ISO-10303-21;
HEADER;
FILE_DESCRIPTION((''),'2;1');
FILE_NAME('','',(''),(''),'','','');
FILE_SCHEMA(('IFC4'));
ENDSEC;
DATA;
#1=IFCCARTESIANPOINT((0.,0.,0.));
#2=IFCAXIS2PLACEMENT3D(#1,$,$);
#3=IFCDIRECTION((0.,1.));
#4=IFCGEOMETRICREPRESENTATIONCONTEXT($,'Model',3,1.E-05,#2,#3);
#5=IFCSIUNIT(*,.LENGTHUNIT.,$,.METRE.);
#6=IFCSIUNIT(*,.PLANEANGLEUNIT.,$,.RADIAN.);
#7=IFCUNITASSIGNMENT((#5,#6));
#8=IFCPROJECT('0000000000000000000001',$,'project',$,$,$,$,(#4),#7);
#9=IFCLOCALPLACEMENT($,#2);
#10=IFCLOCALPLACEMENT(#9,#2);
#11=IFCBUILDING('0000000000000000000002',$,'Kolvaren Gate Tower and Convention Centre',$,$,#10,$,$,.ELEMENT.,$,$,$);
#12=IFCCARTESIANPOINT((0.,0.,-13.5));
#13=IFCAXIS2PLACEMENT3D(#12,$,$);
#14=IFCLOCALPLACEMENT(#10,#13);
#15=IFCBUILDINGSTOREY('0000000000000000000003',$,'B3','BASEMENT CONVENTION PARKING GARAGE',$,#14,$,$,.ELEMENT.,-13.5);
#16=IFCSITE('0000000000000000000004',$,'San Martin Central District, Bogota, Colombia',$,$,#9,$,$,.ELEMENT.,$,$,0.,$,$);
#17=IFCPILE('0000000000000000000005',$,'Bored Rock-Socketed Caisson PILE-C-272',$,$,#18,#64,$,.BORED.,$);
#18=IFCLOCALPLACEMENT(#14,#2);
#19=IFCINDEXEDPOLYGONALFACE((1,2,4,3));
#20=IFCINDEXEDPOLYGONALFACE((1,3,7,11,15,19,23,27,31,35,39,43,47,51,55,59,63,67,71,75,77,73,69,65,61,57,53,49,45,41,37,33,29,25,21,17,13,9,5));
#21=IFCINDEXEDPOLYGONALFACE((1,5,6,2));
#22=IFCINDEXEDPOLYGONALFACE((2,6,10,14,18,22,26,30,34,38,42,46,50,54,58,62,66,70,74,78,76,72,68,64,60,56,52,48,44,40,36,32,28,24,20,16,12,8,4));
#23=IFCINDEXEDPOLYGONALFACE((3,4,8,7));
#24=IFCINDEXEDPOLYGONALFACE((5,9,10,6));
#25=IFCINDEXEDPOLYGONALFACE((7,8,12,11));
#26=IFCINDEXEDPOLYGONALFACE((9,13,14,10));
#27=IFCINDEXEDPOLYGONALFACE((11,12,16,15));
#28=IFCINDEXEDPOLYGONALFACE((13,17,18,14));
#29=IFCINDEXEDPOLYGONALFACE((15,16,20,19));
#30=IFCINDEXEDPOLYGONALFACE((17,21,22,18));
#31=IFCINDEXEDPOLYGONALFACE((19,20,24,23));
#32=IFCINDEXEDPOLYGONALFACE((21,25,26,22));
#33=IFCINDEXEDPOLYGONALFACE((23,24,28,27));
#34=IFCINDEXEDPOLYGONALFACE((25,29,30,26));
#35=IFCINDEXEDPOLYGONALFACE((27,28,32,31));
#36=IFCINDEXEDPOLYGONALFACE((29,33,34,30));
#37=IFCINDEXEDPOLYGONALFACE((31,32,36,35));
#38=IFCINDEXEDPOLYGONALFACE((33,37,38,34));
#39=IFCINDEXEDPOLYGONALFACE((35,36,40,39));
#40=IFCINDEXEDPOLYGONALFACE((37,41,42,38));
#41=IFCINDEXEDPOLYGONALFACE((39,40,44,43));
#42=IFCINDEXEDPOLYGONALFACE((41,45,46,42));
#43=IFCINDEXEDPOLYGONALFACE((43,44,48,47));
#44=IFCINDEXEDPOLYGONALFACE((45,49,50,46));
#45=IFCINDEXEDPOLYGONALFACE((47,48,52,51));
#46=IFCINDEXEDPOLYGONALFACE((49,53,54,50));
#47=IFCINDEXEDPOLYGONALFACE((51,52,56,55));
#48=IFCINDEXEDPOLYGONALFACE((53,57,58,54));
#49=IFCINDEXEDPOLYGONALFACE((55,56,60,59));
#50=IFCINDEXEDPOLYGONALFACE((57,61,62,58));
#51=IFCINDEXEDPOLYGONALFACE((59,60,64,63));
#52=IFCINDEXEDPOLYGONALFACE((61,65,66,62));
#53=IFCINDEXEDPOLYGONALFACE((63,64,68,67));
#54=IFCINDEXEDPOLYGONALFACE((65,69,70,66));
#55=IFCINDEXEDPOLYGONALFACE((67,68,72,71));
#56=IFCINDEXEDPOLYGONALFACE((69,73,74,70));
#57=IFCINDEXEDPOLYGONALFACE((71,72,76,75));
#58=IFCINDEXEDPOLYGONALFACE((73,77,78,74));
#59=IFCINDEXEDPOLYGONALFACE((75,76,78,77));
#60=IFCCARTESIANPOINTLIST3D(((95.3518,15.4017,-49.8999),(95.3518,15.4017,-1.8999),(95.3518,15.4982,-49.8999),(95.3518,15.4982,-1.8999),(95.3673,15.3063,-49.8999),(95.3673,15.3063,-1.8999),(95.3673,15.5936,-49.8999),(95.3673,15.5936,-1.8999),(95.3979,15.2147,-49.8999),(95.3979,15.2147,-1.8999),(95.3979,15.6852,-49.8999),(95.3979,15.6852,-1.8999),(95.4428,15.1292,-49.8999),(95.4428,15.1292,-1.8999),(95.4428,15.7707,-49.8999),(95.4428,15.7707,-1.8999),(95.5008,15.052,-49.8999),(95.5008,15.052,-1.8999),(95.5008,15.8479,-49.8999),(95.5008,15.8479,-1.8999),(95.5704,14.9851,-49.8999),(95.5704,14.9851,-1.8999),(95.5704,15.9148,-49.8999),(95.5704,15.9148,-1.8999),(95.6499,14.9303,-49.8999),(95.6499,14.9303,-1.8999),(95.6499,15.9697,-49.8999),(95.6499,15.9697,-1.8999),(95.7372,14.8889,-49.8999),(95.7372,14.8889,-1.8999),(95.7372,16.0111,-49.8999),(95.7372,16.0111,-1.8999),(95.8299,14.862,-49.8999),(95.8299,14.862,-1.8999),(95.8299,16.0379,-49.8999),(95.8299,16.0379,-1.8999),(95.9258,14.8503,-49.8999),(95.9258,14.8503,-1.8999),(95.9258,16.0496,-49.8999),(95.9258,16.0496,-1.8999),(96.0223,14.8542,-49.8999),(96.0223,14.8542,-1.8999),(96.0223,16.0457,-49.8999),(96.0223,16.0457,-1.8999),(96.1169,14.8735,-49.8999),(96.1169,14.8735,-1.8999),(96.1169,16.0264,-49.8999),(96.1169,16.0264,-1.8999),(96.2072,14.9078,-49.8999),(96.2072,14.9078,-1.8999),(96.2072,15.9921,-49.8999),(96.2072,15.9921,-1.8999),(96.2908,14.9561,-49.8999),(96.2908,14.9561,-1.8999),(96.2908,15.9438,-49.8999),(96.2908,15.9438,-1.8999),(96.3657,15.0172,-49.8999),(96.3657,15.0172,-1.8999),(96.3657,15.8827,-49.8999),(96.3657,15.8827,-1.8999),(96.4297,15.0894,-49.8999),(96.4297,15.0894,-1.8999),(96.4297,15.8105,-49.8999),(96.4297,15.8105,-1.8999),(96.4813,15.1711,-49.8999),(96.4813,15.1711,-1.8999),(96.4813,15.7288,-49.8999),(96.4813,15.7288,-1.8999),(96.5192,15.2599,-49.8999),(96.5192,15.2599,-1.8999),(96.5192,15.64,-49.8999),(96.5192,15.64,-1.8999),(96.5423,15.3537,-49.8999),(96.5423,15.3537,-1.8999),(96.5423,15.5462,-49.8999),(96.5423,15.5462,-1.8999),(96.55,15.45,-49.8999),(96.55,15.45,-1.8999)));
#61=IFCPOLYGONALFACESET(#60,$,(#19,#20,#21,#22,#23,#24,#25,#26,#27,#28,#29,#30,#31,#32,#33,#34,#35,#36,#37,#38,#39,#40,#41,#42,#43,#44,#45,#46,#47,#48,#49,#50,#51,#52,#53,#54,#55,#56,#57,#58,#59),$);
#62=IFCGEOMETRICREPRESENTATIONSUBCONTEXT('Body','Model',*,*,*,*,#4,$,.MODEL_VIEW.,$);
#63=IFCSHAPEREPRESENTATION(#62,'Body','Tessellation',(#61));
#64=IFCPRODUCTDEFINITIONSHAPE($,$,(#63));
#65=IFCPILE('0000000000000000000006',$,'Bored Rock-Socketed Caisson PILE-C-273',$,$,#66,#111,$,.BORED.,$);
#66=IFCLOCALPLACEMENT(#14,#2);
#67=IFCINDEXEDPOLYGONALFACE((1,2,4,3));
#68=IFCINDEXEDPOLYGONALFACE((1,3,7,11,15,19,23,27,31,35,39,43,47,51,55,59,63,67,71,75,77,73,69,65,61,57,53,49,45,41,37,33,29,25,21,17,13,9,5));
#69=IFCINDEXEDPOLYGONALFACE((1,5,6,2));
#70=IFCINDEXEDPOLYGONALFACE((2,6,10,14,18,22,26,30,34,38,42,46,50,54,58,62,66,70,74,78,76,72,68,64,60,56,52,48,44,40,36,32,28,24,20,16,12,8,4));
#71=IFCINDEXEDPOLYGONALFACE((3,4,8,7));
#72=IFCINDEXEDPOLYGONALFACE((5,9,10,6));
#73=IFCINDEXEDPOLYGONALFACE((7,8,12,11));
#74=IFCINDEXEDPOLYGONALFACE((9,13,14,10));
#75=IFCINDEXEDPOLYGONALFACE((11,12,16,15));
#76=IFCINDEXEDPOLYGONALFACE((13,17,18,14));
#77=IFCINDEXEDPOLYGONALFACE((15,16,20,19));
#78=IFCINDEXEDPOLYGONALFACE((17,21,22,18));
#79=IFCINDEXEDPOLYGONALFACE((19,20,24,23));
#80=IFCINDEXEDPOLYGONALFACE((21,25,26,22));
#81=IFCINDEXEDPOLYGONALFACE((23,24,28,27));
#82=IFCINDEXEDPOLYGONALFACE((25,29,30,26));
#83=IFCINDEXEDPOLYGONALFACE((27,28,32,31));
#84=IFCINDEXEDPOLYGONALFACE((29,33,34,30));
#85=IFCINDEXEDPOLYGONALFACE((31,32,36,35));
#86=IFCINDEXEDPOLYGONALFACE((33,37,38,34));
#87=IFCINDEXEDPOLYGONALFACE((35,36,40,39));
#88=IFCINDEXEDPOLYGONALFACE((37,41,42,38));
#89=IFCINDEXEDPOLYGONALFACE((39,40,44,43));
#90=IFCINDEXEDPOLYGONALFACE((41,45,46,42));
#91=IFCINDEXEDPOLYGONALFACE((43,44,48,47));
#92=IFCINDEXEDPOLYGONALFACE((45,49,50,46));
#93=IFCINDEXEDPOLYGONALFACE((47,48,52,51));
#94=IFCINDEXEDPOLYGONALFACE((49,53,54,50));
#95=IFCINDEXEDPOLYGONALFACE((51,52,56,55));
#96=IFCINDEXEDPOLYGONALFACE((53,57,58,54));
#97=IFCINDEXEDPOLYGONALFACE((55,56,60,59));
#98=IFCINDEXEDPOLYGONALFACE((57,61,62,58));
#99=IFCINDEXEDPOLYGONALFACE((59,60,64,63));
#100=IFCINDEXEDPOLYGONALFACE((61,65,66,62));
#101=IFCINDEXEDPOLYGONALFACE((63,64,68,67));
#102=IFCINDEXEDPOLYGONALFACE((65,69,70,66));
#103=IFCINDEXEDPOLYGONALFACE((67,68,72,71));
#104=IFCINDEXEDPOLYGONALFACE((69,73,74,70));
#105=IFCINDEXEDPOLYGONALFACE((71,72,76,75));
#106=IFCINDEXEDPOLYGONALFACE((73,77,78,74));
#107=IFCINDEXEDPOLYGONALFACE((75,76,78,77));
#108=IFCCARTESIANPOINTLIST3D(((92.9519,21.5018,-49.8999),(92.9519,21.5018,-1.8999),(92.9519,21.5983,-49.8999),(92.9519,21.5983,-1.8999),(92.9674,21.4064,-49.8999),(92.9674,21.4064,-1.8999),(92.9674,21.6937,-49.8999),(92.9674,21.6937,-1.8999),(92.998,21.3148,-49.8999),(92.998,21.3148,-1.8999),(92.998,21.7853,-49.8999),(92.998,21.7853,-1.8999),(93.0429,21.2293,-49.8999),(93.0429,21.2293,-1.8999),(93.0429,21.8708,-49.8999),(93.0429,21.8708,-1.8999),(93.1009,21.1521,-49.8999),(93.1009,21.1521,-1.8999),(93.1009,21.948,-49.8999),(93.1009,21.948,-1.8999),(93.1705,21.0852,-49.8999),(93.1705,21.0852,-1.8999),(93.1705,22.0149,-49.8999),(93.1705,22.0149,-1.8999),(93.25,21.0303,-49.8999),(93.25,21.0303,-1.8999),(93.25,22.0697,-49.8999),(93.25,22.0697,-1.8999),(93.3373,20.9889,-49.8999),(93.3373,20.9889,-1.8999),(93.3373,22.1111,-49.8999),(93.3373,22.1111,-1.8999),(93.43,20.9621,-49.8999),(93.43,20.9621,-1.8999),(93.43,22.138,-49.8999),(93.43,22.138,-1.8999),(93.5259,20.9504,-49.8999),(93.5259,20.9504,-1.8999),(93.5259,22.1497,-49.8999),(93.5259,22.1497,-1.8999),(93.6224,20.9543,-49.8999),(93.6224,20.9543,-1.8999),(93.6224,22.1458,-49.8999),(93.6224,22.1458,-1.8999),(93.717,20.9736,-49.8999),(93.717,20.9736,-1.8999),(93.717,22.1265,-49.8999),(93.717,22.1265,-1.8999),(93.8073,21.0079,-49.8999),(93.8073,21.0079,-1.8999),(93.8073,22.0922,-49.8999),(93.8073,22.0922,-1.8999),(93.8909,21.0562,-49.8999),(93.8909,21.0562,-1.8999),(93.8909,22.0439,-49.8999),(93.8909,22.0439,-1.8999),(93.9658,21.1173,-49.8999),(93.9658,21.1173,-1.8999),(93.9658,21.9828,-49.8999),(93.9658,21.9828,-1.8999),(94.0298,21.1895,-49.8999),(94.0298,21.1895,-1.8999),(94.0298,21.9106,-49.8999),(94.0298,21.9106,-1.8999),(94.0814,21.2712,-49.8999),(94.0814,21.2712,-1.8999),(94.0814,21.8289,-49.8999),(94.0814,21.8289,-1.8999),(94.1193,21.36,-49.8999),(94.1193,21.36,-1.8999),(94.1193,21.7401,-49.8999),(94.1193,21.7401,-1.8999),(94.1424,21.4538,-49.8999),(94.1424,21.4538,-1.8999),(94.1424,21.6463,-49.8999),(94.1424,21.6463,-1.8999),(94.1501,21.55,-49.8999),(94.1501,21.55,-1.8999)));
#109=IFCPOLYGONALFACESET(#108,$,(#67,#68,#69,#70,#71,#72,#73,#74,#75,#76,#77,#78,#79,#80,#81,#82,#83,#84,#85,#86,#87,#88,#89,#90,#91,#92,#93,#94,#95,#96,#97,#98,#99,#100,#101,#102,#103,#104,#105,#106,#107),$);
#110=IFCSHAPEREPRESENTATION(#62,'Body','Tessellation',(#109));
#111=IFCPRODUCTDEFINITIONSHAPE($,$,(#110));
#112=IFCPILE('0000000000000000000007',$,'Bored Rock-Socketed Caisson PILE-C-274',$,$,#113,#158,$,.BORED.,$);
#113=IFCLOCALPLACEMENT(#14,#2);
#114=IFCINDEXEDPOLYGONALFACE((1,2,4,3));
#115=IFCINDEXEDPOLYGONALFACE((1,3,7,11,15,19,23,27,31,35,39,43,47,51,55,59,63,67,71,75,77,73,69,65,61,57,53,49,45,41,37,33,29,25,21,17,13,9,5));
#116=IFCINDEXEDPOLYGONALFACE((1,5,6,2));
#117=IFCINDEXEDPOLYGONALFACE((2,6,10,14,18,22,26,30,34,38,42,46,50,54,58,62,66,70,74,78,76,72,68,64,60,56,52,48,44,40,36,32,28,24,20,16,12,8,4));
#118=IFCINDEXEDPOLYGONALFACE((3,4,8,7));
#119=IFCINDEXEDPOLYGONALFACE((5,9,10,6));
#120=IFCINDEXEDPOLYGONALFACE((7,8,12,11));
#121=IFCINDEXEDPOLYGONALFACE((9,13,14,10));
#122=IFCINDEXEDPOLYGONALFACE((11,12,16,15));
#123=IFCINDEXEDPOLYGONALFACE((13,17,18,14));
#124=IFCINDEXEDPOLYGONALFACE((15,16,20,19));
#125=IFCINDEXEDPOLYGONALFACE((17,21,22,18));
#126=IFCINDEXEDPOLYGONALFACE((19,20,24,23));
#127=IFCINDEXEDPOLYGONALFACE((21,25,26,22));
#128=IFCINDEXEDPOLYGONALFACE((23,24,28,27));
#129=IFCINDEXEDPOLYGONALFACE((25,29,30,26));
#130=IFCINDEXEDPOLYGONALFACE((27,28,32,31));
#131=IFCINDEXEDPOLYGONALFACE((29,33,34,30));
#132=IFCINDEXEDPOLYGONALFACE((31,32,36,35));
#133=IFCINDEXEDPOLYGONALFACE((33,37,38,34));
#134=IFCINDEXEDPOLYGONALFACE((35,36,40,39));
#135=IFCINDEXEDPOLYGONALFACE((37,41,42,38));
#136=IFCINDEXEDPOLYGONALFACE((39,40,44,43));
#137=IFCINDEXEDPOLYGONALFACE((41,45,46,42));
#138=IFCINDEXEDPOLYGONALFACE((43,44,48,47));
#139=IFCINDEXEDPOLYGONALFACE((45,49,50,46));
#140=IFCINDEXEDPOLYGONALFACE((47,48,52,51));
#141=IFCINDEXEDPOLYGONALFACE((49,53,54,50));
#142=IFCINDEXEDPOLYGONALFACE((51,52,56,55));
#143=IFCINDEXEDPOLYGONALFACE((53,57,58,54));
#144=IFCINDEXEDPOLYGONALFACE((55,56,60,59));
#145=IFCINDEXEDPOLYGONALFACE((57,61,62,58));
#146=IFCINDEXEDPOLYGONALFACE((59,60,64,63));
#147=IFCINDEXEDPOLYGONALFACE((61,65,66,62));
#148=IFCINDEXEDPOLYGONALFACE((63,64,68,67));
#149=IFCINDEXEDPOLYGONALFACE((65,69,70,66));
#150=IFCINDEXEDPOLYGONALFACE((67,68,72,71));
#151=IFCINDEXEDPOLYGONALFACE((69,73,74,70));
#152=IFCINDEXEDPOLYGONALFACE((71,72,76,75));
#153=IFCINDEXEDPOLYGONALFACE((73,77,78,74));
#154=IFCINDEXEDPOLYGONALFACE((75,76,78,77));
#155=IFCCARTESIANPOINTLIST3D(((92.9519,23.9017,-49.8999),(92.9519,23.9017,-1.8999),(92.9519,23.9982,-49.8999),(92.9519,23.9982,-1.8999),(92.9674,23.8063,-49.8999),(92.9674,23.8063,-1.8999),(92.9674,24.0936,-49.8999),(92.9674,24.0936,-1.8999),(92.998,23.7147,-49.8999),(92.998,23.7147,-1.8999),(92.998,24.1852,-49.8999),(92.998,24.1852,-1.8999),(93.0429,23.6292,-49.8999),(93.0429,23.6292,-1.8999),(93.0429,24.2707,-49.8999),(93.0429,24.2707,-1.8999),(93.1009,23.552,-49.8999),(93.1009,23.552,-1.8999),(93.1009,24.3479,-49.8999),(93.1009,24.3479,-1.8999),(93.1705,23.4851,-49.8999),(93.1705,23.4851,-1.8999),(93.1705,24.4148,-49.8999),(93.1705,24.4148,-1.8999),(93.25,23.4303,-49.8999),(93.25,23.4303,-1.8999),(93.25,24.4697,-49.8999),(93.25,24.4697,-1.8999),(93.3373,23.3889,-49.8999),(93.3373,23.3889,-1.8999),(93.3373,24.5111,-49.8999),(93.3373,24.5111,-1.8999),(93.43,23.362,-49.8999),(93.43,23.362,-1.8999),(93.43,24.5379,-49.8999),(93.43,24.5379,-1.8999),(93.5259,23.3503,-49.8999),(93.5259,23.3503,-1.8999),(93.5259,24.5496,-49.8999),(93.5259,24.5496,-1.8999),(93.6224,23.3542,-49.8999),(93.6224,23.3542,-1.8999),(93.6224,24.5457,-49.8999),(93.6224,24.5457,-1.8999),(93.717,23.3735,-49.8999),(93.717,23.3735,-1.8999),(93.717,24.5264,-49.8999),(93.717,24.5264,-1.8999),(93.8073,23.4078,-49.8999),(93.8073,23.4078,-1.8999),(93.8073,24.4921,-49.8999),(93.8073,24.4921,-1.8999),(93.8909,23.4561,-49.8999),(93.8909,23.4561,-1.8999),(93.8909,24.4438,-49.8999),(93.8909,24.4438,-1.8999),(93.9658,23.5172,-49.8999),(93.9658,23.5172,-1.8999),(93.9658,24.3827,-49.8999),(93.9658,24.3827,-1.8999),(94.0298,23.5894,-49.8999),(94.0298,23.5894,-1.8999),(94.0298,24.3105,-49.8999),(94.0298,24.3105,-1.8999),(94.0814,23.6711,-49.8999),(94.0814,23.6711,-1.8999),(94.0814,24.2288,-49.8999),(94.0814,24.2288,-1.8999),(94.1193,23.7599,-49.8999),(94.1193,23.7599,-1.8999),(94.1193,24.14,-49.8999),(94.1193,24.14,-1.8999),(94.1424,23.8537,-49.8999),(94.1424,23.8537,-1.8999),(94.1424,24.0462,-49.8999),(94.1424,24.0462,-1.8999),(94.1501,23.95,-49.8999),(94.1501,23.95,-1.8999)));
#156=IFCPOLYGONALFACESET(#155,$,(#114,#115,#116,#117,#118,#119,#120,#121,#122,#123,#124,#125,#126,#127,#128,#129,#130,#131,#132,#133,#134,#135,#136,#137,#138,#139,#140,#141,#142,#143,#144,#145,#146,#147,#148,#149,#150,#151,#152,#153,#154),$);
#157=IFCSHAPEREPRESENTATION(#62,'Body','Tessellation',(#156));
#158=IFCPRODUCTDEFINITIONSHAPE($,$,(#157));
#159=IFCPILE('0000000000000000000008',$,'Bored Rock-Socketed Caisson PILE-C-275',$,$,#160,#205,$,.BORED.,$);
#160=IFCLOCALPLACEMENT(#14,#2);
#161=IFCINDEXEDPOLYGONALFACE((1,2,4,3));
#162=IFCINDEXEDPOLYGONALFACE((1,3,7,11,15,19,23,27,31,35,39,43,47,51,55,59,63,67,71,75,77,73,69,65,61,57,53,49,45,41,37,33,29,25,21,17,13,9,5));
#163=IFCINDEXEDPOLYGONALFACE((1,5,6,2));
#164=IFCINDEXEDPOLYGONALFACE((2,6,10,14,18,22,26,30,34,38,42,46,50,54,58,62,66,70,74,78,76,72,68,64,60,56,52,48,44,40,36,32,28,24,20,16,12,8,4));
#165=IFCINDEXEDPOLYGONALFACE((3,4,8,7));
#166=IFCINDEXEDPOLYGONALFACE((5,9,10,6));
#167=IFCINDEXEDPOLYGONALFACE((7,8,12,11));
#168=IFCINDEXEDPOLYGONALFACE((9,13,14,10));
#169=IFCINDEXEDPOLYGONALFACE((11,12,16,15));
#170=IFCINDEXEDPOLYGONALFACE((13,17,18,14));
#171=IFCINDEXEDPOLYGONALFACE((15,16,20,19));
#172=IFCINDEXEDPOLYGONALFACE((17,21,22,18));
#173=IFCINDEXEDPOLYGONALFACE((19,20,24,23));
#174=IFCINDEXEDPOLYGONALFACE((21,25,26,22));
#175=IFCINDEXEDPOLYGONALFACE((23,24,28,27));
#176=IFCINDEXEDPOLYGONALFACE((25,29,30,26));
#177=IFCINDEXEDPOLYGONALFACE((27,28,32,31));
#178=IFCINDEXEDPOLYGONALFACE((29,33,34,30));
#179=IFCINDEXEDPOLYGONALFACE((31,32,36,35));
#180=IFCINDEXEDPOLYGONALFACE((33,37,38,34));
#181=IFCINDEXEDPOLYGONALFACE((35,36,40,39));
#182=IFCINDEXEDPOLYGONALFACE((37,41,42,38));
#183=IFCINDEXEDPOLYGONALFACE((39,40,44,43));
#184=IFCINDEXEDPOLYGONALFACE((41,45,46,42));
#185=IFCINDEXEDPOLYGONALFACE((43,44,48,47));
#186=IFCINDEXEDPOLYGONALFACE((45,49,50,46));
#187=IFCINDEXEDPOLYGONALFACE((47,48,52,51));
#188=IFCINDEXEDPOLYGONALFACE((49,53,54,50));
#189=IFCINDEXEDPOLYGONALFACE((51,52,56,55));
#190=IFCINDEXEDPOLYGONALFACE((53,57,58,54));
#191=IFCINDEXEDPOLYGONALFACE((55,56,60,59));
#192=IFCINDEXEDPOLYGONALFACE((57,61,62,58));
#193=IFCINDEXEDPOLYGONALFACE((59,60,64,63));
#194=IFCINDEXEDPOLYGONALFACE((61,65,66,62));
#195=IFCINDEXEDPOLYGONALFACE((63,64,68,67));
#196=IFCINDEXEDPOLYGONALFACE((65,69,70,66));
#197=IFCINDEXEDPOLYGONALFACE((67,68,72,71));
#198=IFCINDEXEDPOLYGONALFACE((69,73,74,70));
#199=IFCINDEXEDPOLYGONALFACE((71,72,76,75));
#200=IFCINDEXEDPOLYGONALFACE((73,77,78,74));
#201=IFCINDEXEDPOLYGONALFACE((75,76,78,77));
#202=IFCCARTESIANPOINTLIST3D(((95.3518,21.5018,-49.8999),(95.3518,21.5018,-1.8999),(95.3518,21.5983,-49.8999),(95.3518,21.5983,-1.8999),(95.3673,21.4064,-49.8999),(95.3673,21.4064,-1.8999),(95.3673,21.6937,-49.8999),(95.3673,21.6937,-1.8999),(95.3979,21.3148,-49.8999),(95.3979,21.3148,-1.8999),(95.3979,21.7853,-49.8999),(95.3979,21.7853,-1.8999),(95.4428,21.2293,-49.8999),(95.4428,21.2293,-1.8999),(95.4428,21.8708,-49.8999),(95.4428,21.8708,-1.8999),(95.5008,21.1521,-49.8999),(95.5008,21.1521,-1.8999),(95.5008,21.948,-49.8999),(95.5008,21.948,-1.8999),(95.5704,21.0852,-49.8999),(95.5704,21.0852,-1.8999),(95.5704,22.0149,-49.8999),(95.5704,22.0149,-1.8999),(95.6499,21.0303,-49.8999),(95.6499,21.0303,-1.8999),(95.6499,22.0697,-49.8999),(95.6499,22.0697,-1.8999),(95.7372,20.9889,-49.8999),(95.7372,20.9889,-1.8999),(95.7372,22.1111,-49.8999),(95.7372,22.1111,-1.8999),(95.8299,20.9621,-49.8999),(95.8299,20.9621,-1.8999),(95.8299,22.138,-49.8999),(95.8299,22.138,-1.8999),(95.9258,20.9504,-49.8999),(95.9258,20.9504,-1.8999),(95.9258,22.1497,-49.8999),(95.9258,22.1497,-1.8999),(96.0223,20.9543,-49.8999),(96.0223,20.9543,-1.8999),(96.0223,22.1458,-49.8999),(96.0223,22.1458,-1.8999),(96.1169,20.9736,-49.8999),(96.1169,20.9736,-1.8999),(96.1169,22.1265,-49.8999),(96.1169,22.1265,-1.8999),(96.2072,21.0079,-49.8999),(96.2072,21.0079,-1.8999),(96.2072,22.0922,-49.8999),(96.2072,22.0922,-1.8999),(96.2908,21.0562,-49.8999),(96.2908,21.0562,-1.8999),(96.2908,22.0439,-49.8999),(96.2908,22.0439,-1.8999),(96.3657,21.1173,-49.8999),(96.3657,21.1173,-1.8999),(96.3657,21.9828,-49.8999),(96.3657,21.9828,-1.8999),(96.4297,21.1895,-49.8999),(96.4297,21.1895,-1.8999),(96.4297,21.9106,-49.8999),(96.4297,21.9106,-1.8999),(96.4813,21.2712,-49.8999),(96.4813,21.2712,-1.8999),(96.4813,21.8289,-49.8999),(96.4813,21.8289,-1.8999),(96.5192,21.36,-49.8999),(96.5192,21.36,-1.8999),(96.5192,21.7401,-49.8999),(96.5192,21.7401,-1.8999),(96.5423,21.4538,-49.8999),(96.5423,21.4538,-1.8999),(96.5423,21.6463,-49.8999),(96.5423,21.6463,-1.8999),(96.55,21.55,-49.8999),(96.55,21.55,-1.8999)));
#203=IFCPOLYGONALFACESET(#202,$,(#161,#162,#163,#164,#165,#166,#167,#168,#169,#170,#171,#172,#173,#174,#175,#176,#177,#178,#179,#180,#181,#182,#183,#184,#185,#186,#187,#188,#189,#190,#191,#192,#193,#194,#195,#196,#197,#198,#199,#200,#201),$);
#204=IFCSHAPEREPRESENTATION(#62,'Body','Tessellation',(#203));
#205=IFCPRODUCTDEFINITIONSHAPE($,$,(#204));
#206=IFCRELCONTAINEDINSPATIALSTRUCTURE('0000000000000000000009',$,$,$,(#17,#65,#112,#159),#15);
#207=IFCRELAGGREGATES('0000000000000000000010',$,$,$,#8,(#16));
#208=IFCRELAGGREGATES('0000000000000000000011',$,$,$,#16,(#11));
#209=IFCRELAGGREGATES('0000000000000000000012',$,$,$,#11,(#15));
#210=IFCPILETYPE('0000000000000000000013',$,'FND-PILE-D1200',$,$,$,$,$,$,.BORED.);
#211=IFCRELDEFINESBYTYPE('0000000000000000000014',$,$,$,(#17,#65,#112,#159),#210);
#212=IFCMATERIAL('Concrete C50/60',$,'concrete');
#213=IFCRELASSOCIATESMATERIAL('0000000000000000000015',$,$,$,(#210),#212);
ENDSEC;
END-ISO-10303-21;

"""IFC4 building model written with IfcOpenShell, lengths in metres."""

from ifc_helpers import new_model, si_unit, direction, frame, origin, origin_2d, place, context, subcontext, project, spatial, circle, extrude, material, material_profile, profile_set, type_object, element, save


model = new_model("IFC4")

# Units and contexts
model_context = context("Model", 3, precision=1e-05, world=origin(), true_north=direction((0.0, 1.0)))
body_context = subcontext(model_context, "Body", "Model", "MODEL_VIEW")
ifc_project = project(units=[si_unit("LENGTHUNIT", "METRE"), si_unit("PLANEANGLEUNIT", "RADIAN")], contexts=[model_context])

# Site, building, storey
site_placement = place(None, origin())
site = spatial("IfcSite", under=ifc_project, at=site_placement, Name="San Martin Central District, Bogota, Colombia", CompositionType="ELEMENT", RefElevation=0.0)
building_placement = place(site_placement, origin())
building = spatial("IfcBuilding", under=site, at=building_placement, Name="Kolvaren Gate Tower and Convention Centre", CompositionType="ELEMENT")
storey_placement = place(building_placement, frame((0.0, 0.0, -13.5)))
storey = spatial("IfcBuildingStorey", under=building, at=storey_placement, Name="B3", Description="BASEMENT CONVENTION PARKING GARAGE", CompositionType="ELEMENT", Elevation=-13.5)

# Shared definitions
ifc_material_1 = material(Name="Concrete C50/60", Category="concrete")

# Piles
ifc_material_profile_1 = material_profile(ifc_material_1, circle(Radius=0.6001, at=origin_2d()), Name="CAISSON-D1200")
ifc_profile_set_1 = profile_set([ifc_material_profile_1], Name="Concrete C50/60")
pile_type = type_object("IfcPileType", Name="FND-PILE-D1200", PredefinedType="BORED", material=ifc_profile_set_1)
for number, where, z_axis, x_axis, name in (
    (1, (95.95, 15.45, -1.8999), (0.0, 0.0, -1.0), (1.0, 0.0, 0.0), "Bored Rock-Socketed Caisson PILE-C-272"),
    (2, (93.55, 21.55, -1.8999), (0.0, 0.0, -1.0), (1.0, 0.0, 0.0), "Bored Rock-Socketed Caisson PILE-C-273"),
    (3, (93.55, 23.95, -1.8999), (0.0, 0.0, -1.0), (1.0, 0.0, 0.0), "Bored Rock-Socketed Caisson PILE-C-274"),
    (4, (95.95, 21.55, -1.8999), (0.0, 0.0, -1.0), (1.0, 0.0, 0.0), "Bored Rock-Socketed Caisson PILE-C-275"),
):
    element("IfcPile", number, at=place(storey_placement, frame(where, z_axis=z_axis, x_axis=x_axis)), inside=storey, type_object=pile_type, Name=name, PredefinedType="BORED", context=body_context, shape_type="SweptSolid", body=[
        extrude(circle(Radius=0.6001, at=origin_2d()), origin(), (0.0, 0.0, 1.0), 48.0),
    ])

save(model, "model.ifc")
